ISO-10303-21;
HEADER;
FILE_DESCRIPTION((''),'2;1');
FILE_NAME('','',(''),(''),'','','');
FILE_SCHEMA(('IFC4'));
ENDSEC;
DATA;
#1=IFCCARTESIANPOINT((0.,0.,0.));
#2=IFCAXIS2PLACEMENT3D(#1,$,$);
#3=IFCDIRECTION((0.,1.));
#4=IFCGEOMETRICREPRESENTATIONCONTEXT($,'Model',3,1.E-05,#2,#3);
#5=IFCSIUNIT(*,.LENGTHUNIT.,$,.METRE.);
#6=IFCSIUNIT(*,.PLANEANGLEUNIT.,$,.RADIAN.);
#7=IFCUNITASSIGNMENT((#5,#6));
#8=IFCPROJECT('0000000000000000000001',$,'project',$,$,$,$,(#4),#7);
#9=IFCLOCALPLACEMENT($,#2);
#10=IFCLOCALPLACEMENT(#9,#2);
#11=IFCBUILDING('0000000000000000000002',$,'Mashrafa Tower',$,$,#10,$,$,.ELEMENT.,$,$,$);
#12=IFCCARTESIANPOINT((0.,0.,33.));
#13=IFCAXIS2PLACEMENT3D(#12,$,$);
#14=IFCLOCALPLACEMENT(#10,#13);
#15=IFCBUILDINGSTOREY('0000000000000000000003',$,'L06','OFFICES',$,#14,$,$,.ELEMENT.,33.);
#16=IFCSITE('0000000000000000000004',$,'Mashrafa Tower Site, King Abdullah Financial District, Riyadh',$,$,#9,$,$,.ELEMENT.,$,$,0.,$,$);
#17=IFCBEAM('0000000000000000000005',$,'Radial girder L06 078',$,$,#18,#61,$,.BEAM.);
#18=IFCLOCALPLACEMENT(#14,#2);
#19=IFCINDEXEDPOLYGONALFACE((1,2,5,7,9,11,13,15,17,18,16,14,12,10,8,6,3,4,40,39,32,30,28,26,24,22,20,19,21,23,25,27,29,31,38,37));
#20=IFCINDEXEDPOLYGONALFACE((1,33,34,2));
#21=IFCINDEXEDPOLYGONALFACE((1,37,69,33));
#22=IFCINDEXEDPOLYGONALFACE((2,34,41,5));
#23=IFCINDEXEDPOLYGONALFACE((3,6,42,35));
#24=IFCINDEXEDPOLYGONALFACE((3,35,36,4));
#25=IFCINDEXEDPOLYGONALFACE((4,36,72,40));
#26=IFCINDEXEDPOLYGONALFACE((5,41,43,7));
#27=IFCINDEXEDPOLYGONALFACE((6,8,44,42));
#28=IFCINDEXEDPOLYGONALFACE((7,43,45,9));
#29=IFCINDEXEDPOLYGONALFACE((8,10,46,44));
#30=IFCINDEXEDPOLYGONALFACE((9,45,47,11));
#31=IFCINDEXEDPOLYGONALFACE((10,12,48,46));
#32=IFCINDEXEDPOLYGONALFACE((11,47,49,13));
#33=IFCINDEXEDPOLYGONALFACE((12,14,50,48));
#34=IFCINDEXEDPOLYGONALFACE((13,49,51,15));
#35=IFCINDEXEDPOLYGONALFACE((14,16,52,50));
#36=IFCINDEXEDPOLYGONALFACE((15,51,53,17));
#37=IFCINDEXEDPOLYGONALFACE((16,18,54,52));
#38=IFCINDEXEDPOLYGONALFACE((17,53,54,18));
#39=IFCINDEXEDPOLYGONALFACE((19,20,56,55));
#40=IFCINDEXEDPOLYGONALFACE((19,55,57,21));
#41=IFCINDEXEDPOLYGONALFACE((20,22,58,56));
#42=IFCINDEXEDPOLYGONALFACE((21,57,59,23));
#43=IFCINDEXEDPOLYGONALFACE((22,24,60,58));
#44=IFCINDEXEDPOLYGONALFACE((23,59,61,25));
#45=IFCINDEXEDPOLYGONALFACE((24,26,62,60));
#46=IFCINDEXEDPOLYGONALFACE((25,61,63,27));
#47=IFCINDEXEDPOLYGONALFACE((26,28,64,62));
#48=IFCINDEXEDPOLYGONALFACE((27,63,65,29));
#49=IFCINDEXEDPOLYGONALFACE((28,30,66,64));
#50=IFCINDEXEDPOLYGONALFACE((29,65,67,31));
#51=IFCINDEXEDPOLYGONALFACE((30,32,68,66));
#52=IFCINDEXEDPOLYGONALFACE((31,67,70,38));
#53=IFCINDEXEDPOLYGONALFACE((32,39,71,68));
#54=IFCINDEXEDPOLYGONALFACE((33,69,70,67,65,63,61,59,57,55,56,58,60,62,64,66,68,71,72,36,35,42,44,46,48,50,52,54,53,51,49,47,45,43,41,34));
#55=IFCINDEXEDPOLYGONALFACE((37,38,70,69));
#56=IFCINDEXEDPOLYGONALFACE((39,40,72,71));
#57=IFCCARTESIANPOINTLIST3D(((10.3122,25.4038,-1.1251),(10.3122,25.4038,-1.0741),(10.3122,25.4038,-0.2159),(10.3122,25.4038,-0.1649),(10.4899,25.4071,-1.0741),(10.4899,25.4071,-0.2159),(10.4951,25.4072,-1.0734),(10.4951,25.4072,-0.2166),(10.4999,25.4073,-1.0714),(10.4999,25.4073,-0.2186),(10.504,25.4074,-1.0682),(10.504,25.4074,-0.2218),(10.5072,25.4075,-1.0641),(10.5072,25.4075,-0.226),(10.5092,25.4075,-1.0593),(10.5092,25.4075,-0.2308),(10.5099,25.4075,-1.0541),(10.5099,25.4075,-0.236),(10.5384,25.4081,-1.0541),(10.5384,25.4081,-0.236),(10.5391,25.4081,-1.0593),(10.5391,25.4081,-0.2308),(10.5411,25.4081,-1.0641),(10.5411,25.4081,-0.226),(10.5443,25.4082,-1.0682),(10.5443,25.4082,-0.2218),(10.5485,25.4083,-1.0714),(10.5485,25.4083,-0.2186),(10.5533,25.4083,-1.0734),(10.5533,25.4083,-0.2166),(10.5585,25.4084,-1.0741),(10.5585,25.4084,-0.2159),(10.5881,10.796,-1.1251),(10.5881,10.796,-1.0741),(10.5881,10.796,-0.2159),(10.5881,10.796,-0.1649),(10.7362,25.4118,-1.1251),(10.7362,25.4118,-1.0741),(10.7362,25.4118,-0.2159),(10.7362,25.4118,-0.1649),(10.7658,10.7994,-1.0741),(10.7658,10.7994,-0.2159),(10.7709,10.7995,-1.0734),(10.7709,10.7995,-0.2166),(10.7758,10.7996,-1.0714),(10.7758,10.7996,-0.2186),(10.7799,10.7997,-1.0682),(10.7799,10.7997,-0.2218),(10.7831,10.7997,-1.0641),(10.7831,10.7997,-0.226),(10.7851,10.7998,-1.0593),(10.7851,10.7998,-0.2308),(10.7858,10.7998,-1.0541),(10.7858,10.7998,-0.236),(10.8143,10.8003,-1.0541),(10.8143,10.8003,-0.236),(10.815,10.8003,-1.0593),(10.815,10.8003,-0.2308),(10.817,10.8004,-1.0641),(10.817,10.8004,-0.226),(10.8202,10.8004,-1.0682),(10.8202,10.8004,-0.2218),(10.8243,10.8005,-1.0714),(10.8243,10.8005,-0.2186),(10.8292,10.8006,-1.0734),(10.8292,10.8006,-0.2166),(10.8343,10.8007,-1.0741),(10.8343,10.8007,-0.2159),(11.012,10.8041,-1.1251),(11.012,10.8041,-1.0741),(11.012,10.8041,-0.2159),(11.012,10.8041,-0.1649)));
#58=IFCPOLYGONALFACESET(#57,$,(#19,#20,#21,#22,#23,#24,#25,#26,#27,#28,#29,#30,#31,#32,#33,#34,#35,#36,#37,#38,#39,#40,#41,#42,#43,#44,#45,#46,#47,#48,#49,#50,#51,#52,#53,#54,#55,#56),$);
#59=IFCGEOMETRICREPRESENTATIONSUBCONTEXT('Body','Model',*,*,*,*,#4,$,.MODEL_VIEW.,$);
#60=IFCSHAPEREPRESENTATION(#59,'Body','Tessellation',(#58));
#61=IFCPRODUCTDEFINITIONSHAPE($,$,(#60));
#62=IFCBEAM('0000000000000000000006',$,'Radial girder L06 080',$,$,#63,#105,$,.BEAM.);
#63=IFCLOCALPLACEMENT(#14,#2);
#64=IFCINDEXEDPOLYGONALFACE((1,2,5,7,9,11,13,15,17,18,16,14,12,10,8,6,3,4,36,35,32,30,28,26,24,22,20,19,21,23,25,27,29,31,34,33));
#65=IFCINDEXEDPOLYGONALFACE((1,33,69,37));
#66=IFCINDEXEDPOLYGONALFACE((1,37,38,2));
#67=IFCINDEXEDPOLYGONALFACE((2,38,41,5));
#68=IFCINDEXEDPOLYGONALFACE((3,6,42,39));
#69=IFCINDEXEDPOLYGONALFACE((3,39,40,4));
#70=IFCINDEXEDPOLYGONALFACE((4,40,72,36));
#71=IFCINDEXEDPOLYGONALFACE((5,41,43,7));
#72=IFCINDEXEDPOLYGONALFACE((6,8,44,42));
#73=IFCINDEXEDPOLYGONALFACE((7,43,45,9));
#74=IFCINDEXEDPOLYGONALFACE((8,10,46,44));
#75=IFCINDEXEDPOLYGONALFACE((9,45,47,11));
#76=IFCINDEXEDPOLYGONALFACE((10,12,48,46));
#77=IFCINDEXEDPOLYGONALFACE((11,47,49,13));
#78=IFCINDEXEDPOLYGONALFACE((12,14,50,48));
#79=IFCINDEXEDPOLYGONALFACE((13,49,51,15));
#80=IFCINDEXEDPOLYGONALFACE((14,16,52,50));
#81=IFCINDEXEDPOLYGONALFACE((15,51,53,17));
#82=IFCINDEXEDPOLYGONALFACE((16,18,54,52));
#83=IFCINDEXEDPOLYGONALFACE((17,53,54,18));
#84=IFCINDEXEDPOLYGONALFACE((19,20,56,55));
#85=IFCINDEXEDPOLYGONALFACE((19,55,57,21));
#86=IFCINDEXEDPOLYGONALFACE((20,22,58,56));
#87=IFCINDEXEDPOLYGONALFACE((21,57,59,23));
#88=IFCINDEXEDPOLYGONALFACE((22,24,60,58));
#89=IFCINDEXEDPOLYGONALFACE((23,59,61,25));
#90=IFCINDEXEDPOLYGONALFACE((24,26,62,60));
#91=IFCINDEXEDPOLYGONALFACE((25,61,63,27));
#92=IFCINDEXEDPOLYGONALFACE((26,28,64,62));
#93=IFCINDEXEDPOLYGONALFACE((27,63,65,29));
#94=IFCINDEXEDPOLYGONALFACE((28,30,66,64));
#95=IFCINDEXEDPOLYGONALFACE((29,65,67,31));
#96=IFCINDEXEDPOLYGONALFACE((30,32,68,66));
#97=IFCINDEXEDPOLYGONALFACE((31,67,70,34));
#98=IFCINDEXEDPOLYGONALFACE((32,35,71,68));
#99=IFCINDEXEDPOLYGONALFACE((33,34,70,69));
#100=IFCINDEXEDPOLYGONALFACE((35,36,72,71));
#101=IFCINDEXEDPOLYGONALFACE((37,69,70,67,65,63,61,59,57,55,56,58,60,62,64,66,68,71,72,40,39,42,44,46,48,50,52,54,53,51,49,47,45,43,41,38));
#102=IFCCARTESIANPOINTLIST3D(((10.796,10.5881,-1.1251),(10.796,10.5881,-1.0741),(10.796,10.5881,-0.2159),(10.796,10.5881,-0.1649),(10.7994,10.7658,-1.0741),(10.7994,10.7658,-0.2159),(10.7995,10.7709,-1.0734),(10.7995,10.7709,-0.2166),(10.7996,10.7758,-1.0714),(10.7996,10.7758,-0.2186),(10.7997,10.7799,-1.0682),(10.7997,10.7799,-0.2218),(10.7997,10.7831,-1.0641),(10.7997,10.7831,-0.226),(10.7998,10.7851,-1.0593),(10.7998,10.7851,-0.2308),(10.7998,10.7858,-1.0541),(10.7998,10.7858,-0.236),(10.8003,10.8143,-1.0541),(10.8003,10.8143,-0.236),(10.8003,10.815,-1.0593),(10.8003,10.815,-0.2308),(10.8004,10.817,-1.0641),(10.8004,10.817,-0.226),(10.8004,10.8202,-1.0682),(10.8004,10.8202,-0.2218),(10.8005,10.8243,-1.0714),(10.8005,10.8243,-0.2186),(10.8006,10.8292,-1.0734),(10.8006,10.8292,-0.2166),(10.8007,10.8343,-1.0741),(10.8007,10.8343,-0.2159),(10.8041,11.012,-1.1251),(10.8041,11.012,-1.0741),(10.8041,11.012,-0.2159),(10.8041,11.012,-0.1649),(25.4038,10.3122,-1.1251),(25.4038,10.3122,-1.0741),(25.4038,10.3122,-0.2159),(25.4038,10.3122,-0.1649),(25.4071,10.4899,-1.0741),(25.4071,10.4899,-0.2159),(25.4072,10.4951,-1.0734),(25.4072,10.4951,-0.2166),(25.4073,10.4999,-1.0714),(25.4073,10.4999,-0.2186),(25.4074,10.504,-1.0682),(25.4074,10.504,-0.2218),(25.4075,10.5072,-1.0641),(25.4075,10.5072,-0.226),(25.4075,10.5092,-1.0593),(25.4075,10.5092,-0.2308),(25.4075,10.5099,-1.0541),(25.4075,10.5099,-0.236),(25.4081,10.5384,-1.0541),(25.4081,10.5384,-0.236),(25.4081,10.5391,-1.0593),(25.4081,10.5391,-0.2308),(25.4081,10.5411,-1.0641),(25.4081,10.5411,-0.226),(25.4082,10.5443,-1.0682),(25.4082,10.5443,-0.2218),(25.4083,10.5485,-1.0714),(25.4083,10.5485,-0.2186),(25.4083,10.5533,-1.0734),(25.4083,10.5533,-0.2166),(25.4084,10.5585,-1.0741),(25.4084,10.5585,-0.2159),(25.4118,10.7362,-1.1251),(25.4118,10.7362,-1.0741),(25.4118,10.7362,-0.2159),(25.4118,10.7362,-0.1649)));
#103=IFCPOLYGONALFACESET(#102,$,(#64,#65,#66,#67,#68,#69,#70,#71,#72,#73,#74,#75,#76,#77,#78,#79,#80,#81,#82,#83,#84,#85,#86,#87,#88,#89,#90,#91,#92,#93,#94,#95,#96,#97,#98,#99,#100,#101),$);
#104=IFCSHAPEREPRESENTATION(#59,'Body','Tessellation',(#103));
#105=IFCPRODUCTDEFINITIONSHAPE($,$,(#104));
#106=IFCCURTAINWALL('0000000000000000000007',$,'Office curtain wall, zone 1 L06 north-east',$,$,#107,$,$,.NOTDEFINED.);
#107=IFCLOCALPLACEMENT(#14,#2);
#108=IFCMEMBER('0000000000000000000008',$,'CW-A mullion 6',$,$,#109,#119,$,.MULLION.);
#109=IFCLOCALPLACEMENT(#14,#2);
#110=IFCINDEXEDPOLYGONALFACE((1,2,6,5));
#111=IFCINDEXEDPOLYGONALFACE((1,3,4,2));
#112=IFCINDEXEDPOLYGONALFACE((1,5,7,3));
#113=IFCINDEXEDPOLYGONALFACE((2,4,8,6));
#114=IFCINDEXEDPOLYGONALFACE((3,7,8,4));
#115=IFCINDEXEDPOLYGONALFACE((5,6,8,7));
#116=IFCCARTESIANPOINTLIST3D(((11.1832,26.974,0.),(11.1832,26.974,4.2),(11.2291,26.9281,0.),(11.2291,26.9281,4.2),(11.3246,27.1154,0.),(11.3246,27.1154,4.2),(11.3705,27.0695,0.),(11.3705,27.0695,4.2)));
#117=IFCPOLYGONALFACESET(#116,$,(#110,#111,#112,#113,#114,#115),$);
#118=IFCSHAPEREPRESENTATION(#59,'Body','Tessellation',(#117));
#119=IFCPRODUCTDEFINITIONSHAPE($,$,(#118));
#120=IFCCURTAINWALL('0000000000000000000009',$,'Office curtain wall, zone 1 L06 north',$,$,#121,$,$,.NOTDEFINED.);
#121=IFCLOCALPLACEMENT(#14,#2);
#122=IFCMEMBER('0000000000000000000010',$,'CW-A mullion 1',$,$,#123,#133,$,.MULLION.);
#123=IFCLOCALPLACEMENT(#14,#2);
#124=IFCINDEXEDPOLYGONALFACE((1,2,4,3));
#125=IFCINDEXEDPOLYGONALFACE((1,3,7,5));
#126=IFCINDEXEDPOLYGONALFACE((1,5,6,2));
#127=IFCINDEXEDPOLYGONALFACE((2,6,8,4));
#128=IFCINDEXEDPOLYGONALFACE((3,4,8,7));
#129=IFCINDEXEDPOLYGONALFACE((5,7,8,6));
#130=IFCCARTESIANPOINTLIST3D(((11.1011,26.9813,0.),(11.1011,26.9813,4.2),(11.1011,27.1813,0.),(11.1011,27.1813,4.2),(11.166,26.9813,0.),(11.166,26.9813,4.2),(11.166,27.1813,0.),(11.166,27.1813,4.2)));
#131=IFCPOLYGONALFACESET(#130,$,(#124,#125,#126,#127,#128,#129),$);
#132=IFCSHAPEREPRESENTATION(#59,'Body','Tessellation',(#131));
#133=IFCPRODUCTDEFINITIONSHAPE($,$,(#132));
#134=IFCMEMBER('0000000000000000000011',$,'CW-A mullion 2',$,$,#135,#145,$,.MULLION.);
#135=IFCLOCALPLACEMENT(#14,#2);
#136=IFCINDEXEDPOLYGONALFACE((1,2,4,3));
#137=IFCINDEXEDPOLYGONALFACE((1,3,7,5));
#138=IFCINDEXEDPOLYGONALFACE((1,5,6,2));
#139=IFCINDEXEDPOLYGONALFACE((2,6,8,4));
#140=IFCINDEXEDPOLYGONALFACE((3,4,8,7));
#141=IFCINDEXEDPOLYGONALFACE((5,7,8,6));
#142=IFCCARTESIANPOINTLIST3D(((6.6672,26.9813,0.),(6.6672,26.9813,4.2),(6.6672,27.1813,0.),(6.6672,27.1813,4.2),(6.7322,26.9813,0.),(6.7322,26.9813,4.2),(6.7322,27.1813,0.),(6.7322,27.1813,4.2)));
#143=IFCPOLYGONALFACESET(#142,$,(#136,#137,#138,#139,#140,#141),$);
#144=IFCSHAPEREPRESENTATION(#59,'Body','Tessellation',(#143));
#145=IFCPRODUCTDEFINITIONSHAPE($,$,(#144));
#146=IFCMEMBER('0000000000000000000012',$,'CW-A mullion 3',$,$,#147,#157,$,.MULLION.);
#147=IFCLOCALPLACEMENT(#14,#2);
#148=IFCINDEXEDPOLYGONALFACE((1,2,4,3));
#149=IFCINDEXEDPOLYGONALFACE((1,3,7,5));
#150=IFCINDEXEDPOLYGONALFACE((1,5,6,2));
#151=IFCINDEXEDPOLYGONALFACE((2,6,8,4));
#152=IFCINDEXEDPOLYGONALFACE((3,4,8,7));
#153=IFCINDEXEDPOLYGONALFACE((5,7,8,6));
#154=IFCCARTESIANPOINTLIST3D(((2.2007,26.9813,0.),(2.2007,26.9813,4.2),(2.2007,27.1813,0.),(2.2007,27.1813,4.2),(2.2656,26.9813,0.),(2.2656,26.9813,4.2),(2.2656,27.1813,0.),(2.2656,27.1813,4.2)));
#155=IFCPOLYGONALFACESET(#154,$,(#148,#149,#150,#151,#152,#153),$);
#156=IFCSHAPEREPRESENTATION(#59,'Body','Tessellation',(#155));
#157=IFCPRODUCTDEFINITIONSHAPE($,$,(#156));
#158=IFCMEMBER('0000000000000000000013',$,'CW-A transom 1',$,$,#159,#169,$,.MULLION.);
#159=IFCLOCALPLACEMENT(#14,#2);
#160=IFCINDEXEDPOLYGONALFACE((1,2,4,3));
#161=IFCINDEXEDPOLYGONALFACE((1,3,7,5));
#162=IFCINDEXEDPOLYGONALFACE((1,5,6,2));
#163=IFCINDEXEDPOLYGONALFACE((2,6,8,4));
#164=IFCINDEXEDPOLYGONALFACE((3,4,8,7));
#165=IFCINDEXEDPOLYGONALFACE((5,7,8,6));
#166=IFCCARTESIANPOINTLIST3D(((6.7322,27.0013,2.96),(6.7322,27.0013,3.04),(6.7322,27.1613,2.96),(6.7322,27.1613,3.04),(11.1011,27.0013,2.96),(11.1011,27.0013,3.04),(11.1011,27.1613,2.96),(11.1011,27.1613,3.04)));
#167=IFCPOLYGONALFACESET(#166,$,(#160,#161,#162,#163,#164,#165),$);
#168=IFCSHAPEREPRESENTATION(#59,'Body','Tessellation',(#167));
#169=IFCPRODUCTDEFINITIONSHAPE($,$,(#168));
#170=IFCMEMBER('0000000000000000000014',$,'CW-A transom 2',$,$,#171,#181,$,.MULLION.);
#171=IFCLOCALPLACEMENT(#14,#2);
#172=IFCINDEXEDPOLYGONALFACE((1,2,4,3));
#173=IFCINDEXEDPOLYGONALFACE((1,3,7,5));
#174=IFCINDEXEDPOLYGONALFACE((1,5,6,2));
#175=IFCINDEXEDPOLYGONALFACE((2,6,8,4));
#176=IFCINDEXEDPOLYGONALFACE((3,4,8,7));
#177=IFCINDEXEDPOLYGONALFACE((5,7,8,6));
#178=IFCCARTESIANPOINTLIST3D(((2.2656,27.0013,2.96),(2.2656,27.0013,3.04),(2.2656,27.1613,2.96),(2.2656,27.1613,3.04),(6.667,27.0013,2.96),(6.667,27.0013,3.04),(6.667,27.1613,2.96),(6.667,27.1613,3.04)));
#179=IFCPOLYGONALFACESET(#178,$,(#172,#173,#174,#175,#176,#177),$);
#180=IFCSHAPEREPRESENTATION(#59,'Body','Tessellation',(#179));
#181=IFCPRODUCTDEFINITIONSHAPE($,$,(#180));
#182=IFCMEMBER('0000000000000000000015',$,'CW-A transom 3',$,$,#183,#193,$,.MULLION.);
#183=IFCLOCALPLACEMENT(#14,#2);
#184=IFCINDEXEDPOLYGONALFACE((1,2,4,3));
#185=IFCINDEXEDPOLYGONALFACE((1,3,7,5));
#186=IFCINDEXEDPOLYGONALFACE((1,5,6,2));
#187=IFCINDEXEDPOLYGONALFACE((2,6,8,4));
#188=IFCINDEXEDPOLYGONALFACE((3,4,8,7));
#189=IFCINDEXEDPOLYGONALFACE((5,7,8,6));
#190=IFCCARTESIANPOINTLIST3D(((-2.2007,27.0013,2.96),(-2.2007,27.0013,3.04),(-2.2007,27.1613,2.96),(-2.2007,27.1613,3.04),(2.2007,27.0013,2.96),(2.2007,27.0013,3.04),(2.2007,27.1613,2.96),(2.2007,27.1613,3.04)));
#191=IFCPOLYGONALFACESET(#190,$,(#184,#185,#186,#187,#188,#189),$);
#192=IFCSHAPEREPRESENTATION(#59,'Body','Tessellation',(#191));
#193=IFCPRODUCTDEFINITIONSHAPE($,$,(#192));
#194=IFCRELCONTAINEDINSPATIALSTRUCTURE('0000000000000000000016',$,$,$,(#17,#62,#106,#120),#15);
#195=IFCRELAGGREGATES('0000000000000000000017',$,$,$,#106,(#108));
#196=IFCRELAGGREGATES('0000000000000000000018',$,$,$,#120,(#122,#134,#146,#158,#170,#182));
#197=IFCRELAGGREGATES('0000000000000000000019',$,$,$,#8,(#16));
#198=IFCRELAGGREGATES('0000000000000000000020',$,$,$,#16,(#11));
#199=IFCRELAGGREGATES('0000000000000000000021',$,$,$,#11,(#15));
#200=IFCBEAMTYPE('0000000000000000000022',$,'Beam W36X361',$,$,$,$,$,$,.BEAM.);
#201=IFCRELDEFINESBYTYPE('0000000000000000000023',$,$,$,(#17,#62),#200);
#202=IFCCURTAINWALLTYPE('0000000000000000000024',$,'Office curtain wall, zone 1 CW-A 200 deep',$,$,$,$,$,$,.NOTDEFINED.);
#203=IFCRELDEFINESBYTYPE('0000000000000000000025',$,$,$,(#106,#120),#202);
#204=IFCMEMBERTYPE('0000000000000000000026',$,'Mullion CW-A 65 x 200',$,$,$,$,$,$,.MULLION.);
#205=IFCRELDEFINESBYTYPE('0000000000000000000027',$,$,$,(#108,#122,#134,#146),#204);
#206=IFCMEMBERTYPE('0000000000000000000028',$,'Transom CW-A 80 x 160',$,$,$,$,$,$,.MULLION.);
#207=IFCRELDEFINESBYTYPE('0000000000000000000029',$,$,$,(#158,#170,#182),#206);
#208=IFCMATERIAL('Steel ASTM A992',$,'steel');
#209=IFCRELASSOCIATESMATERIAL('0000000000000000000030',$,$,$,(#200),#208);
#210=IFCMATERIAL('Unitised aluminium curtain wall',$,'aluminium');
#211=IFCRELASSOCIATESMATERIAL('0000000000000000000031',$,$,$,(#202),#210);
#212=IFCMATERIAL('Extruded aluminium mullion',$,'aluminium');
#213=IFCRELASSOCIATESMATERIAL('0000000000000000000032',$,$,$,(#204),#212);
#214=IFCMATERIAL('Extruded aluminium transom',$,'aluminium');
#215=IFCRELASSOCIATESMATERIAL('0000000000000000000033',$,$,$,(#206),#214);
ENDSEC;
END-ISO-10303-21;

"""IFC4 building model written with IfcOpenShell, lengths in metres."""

from ifc_helpers import new_model, si_unit, direction, frame, origin, origin_2d, place, context, subcontext, project, spatial, rectangle, i_section, extrude, source, transform, mapped, material, material_profile, profile_set, type_object, type_shapes, element, aggregate, save


model = new_model("IFC4")

# Units and contexts
model_context = context("Model", 3, precision=1e-05, world=origin(), true_north=direction((0.0, 1.0)))
body_context = subcontext(model_context, "Body", "Model", "MODEL_VIEW")
ifc_project = project(units=[si_unit("LENGTHUNIT", "METRE"), si_unit("PLANEANGLEUNIT", "RADIAN")], contexts=[model_context])

# Site, building, storey
site_placement = place(None, origin())
site = spatial("IfcSite", under=ifc_project, at=site_placement, Name="Mashrafa Tower Site, King Abdullah Financial District, Riyadh", CompositionType="ELEMENT", RefElevation=0.0)
building_placement = place(site_placement, origin())
building = spatial("IfcBuilding", under=site, at=building_placement, Name="Mashrafa Tower", CompositionType="ELEMENT")
storey_placement = place(building_placement, frame((0.0, 0.0, 33.0)))
storey = spatial("IfcBuildingStorey", under=building, at=storey_placement, Name="L06", Description="OFFICES", CompositionType="ELEMENT", Elevation=33.0)

# Beams
ifc_material_1 = material(Name="Steel ASTM A992", Category="steel")
ifc_material_profile_1 = material_profile(ifc_material_1, i_section(OverallWidth=0.4241, OverallDepth=0.9602, WebThickness=0.0286, FlangeThickness=0.051, FilletRadius=0.02, at=origin_2d()), Name="W36X361")
ifc_profile_set_1 = profile_set([ifc_material_profile_1], Name="Steel ASTM A992")
beam_type_1 = type_object("IfcBeamType", Name="Beam W36X361", PredefinedType="BEAM", material=ifc_profile_set_1)
for number, where, z_axis, x_axis, name in (
    (1, (10.8, 10.8, -0.645), (-0.018883, 0.999822, 0.0), (-0.999822, -0.018883, 0.0), "Radial girder L06 078"),
    (2, (10.8, 10.8, -0.645), (0.999822, -0.018883, 0.0), (0.018883, 0.999822, 0.0), "Radial girder L06 080"),
):
    element("IfcBeam", number, at=place(storey_placement, frame(where, z_axis=z_axis, x_axis=x_axis)), inside=storey, type_object=beam_type_1, Name=name, PredefinedType="BEAM", context=body_context, shape_type="SweptSolid", body=[
        extrude(i_section(OverallWidth=0.4241, OverallDepth=0.9602, WebThickness=0.0286, FlangeThickness=0.051, FilletRadius=0.02, at=origin_2d()), origin(), (0.0, 0.0, 1.0), 14.6104),
    ])

# Curtain wall, member
ifc_material_2 = material(Name="Unitised aluminium curtain wall", Category="aluminium")
curtain_wall_type = type_object("IfcCurtainWallType", Name="Office curtain wall, zone 1 CW-A 200 deep", PredefinedType="NOTDEFINED", material=ifc_material_2)
curtain_wall_1_placement = place(storey_placement, origin())
curtain_wall_1 = element("IfcCurtainWall", 3, at=curtain_wall_1_placement, inside=storey, type_object=curtain_wall_type, Name="Office curtain wall, zone 1 L06 north-east", PredefinedType="NOTDEFINED")
ifc_material_3 = material(Name="Extruded aluminium mullion", Category="aluminium")
ifc_material_profile_2 = material_profile(ifc_material_3, rectangle(XDim=0.2, YDim=0.0649, at=origin_2d()), Name="Mullion 65x200")
ifc_profile_set_2 = profile_set([ifc_material_profile_2], Name="Extruded aluminium mullion")
member_type_1 = type_object("IfcMemberType", Name="Mullion CW-A 65 x 200", PredefinedType="MULLION", material=ifc_profile_set_2)
shared_shape_1 = source(origin(), body_context, "Body", "SweptSolid", [
    extrude(rectangle(XDim=0.2, YDim=0.0649, at=origin_2d()), origin(), (0.0, 0.0, 1.0), 4.2),
])
type_shapes(member_type_1, [shared_shape_1])
member_1_placement = place(storey_placement, frame((11.2769, 27.0217, 0.0), z_axis=(0.0, 0.0, 1.0), x_axis=(-0.707107, -0.707107, 0.0)))
member_1 = element("IfcMember", 4, at=member_1_placement, type_object=member_type_1, Name="CW-A mullion 6", PredefinedType="MULLION", context=body_context, shape_type="MappedRepresentation", body=[
    mapped(shared_shape_1, transform((0.0, 0.0, 0.0))),
])
aggregate(curtain_wall_1, [member_1])

# Curtain wall, members
curtain_wall_2_placement = place(storey_placement, origin())
curtain_wall_2 = element("IfcCurtainWall", 5, at=curtain_wall_2_placement, inside=storey, type_object=curtain_wall_type, Name="Office curtain wall, zone 1 L06 north", PredefinedType="NOTDEFINED")
member_2_placement = place(storey_placement, frame((11.1335, 27.0813, 0.0), z_axis=(0.0, 0.0, 1.0), x_axis=(0.0, -1.0, 0.0)))
member_2 = element("IfcMember", 6, at=member_2_placement, type_object=member_type_1, Name="CW-A mullion 1", PredefinedType="MULLION", context=body_context, shape_type="MappedRepresentation", body=[
    mapped(shared_shape_1, transform((0.0, 0.0, 0.0))),
])
member_3_placement = place(storey_placement, frame((6.6997, 27.0813, 0.0), z_axis=(0.0, 0.0, 1.0), x_axis=(0.0, -1.0, 0.0)))
member_3 = element("IfcMember", 7, at=member_3_placement, type_object=member_type_1, Name="CW-A mullion 2", PredefinedType="MULLION", context=body_context, shape_type="MappedRepresentation", body=[
    mapped(shared_shape_1, transform((0.0, 0.0, 0.0))),
])
member_4_placement = place(storey_placement, frame((2.2332, 27.0813, 0.0), z_axis=(0.0, 0.0, 1.0), x_axis=(0.0, -1.0, 0.0)))
member_4 = element("IfcMember", 8, at=member_4_placement, type_object=member_type_1, Name="CW-A mullion 3", PredefinedType="MULLION", context=body_context, shape_type="MappedRepresentation", body=[
    mapped(shared_shape_1, transform((0.0, 0.0, 0.0))),
])
ifc_material_4 = material(Name="Extruded aluminium transom", Category="aluminium")
ifc_material_profile_3 = material_profile(ifc_material_4, rectangle(XDim=0.1599, YDim=0.0801, at=origin_2d()), Name="Transom 80x160")
ifc_profile_set_3 = profile_set([ifc_material_profile_3], Name="Extruded aluminium transom")
member_type_2 = type_object("IfcMemberType", Name="Transom CW-A 80 x 160", PredefinedType="MULLION", material=ifc_profile_set_3)
shared_shape_2 = source(origin(), body_context, "Body", "SweptSolid", [
    extrude(rectangle(XDim=0.1599, YDim=0.0801, at=origin_2d()), origin(), (0.0, 0.0, 1.0), 4.3689),
])
member_5_placement = place(storey_placement, frame((11.1011, 27.0813, 3.0), z_axis=(-1.0, 0.0, 0.0), x_axis=(0.0, -1.0, 0.0)))
member_5 = element("IfcMember", 9, at=member_5_placement, type_object=member_type_2, Name="CW-A transom 1", PredefinedType="MULLION", context=body_context, shape_type="MappedRepresentation", body=[
    mapped(shared_shape_2, transform((0.0, 0.0, 0.0))),
])
shared_shape_3 = source(origin(), body_context, "Body", "SweptSolid", [
    extrude(rectangle(XDim=0.1599, YDim=0.0801, at=origin_2d()), origin(), (0.0, 0.0, 1.0), 4.4014),
])
type_shapes(member_type_2, [shared_shape_2, shared_shape_3])
member_6_placement = place(storey_placement, frame((6.667, 27.0813, 3.0), z_axis=(-1.0, 0.0, 0.0), x_axis=(0.0, -1.0, 0.0)))
member_6 = element("IfcMember", 10, at=member_6_placement, type_object=member_type_2, Name="CW-A transom 2", PredefinedType="MULLION", context=body_context, shape_type="MappedRepresentation", body=[
    mapped(shared_shape_3, transform((0.0, 0.0, 0.0))),
])
member_7_placement = place(storey_placement, frame((2.2007, 27.0813, 3.0), z_axis=(-1.0, 0.0, 0.0), x_axis=(0.0, -1.0, 0.0)))
member_7 = element("IfcMember", 11, at=member_7_placement, type_object=member_type_2, Name="CW-A transom 3", PredefinedType="MULLION", context=body_context, shape_type="MappedRepresentation", body=[
    mapped(shared_shape_3, transform((0.0, 0.0, 0.0))),
])
aggregate(curtain_wall_2, [member_2, member_3, member_4, member_5, member_6, member_7])

save(model, "model.ifc")
